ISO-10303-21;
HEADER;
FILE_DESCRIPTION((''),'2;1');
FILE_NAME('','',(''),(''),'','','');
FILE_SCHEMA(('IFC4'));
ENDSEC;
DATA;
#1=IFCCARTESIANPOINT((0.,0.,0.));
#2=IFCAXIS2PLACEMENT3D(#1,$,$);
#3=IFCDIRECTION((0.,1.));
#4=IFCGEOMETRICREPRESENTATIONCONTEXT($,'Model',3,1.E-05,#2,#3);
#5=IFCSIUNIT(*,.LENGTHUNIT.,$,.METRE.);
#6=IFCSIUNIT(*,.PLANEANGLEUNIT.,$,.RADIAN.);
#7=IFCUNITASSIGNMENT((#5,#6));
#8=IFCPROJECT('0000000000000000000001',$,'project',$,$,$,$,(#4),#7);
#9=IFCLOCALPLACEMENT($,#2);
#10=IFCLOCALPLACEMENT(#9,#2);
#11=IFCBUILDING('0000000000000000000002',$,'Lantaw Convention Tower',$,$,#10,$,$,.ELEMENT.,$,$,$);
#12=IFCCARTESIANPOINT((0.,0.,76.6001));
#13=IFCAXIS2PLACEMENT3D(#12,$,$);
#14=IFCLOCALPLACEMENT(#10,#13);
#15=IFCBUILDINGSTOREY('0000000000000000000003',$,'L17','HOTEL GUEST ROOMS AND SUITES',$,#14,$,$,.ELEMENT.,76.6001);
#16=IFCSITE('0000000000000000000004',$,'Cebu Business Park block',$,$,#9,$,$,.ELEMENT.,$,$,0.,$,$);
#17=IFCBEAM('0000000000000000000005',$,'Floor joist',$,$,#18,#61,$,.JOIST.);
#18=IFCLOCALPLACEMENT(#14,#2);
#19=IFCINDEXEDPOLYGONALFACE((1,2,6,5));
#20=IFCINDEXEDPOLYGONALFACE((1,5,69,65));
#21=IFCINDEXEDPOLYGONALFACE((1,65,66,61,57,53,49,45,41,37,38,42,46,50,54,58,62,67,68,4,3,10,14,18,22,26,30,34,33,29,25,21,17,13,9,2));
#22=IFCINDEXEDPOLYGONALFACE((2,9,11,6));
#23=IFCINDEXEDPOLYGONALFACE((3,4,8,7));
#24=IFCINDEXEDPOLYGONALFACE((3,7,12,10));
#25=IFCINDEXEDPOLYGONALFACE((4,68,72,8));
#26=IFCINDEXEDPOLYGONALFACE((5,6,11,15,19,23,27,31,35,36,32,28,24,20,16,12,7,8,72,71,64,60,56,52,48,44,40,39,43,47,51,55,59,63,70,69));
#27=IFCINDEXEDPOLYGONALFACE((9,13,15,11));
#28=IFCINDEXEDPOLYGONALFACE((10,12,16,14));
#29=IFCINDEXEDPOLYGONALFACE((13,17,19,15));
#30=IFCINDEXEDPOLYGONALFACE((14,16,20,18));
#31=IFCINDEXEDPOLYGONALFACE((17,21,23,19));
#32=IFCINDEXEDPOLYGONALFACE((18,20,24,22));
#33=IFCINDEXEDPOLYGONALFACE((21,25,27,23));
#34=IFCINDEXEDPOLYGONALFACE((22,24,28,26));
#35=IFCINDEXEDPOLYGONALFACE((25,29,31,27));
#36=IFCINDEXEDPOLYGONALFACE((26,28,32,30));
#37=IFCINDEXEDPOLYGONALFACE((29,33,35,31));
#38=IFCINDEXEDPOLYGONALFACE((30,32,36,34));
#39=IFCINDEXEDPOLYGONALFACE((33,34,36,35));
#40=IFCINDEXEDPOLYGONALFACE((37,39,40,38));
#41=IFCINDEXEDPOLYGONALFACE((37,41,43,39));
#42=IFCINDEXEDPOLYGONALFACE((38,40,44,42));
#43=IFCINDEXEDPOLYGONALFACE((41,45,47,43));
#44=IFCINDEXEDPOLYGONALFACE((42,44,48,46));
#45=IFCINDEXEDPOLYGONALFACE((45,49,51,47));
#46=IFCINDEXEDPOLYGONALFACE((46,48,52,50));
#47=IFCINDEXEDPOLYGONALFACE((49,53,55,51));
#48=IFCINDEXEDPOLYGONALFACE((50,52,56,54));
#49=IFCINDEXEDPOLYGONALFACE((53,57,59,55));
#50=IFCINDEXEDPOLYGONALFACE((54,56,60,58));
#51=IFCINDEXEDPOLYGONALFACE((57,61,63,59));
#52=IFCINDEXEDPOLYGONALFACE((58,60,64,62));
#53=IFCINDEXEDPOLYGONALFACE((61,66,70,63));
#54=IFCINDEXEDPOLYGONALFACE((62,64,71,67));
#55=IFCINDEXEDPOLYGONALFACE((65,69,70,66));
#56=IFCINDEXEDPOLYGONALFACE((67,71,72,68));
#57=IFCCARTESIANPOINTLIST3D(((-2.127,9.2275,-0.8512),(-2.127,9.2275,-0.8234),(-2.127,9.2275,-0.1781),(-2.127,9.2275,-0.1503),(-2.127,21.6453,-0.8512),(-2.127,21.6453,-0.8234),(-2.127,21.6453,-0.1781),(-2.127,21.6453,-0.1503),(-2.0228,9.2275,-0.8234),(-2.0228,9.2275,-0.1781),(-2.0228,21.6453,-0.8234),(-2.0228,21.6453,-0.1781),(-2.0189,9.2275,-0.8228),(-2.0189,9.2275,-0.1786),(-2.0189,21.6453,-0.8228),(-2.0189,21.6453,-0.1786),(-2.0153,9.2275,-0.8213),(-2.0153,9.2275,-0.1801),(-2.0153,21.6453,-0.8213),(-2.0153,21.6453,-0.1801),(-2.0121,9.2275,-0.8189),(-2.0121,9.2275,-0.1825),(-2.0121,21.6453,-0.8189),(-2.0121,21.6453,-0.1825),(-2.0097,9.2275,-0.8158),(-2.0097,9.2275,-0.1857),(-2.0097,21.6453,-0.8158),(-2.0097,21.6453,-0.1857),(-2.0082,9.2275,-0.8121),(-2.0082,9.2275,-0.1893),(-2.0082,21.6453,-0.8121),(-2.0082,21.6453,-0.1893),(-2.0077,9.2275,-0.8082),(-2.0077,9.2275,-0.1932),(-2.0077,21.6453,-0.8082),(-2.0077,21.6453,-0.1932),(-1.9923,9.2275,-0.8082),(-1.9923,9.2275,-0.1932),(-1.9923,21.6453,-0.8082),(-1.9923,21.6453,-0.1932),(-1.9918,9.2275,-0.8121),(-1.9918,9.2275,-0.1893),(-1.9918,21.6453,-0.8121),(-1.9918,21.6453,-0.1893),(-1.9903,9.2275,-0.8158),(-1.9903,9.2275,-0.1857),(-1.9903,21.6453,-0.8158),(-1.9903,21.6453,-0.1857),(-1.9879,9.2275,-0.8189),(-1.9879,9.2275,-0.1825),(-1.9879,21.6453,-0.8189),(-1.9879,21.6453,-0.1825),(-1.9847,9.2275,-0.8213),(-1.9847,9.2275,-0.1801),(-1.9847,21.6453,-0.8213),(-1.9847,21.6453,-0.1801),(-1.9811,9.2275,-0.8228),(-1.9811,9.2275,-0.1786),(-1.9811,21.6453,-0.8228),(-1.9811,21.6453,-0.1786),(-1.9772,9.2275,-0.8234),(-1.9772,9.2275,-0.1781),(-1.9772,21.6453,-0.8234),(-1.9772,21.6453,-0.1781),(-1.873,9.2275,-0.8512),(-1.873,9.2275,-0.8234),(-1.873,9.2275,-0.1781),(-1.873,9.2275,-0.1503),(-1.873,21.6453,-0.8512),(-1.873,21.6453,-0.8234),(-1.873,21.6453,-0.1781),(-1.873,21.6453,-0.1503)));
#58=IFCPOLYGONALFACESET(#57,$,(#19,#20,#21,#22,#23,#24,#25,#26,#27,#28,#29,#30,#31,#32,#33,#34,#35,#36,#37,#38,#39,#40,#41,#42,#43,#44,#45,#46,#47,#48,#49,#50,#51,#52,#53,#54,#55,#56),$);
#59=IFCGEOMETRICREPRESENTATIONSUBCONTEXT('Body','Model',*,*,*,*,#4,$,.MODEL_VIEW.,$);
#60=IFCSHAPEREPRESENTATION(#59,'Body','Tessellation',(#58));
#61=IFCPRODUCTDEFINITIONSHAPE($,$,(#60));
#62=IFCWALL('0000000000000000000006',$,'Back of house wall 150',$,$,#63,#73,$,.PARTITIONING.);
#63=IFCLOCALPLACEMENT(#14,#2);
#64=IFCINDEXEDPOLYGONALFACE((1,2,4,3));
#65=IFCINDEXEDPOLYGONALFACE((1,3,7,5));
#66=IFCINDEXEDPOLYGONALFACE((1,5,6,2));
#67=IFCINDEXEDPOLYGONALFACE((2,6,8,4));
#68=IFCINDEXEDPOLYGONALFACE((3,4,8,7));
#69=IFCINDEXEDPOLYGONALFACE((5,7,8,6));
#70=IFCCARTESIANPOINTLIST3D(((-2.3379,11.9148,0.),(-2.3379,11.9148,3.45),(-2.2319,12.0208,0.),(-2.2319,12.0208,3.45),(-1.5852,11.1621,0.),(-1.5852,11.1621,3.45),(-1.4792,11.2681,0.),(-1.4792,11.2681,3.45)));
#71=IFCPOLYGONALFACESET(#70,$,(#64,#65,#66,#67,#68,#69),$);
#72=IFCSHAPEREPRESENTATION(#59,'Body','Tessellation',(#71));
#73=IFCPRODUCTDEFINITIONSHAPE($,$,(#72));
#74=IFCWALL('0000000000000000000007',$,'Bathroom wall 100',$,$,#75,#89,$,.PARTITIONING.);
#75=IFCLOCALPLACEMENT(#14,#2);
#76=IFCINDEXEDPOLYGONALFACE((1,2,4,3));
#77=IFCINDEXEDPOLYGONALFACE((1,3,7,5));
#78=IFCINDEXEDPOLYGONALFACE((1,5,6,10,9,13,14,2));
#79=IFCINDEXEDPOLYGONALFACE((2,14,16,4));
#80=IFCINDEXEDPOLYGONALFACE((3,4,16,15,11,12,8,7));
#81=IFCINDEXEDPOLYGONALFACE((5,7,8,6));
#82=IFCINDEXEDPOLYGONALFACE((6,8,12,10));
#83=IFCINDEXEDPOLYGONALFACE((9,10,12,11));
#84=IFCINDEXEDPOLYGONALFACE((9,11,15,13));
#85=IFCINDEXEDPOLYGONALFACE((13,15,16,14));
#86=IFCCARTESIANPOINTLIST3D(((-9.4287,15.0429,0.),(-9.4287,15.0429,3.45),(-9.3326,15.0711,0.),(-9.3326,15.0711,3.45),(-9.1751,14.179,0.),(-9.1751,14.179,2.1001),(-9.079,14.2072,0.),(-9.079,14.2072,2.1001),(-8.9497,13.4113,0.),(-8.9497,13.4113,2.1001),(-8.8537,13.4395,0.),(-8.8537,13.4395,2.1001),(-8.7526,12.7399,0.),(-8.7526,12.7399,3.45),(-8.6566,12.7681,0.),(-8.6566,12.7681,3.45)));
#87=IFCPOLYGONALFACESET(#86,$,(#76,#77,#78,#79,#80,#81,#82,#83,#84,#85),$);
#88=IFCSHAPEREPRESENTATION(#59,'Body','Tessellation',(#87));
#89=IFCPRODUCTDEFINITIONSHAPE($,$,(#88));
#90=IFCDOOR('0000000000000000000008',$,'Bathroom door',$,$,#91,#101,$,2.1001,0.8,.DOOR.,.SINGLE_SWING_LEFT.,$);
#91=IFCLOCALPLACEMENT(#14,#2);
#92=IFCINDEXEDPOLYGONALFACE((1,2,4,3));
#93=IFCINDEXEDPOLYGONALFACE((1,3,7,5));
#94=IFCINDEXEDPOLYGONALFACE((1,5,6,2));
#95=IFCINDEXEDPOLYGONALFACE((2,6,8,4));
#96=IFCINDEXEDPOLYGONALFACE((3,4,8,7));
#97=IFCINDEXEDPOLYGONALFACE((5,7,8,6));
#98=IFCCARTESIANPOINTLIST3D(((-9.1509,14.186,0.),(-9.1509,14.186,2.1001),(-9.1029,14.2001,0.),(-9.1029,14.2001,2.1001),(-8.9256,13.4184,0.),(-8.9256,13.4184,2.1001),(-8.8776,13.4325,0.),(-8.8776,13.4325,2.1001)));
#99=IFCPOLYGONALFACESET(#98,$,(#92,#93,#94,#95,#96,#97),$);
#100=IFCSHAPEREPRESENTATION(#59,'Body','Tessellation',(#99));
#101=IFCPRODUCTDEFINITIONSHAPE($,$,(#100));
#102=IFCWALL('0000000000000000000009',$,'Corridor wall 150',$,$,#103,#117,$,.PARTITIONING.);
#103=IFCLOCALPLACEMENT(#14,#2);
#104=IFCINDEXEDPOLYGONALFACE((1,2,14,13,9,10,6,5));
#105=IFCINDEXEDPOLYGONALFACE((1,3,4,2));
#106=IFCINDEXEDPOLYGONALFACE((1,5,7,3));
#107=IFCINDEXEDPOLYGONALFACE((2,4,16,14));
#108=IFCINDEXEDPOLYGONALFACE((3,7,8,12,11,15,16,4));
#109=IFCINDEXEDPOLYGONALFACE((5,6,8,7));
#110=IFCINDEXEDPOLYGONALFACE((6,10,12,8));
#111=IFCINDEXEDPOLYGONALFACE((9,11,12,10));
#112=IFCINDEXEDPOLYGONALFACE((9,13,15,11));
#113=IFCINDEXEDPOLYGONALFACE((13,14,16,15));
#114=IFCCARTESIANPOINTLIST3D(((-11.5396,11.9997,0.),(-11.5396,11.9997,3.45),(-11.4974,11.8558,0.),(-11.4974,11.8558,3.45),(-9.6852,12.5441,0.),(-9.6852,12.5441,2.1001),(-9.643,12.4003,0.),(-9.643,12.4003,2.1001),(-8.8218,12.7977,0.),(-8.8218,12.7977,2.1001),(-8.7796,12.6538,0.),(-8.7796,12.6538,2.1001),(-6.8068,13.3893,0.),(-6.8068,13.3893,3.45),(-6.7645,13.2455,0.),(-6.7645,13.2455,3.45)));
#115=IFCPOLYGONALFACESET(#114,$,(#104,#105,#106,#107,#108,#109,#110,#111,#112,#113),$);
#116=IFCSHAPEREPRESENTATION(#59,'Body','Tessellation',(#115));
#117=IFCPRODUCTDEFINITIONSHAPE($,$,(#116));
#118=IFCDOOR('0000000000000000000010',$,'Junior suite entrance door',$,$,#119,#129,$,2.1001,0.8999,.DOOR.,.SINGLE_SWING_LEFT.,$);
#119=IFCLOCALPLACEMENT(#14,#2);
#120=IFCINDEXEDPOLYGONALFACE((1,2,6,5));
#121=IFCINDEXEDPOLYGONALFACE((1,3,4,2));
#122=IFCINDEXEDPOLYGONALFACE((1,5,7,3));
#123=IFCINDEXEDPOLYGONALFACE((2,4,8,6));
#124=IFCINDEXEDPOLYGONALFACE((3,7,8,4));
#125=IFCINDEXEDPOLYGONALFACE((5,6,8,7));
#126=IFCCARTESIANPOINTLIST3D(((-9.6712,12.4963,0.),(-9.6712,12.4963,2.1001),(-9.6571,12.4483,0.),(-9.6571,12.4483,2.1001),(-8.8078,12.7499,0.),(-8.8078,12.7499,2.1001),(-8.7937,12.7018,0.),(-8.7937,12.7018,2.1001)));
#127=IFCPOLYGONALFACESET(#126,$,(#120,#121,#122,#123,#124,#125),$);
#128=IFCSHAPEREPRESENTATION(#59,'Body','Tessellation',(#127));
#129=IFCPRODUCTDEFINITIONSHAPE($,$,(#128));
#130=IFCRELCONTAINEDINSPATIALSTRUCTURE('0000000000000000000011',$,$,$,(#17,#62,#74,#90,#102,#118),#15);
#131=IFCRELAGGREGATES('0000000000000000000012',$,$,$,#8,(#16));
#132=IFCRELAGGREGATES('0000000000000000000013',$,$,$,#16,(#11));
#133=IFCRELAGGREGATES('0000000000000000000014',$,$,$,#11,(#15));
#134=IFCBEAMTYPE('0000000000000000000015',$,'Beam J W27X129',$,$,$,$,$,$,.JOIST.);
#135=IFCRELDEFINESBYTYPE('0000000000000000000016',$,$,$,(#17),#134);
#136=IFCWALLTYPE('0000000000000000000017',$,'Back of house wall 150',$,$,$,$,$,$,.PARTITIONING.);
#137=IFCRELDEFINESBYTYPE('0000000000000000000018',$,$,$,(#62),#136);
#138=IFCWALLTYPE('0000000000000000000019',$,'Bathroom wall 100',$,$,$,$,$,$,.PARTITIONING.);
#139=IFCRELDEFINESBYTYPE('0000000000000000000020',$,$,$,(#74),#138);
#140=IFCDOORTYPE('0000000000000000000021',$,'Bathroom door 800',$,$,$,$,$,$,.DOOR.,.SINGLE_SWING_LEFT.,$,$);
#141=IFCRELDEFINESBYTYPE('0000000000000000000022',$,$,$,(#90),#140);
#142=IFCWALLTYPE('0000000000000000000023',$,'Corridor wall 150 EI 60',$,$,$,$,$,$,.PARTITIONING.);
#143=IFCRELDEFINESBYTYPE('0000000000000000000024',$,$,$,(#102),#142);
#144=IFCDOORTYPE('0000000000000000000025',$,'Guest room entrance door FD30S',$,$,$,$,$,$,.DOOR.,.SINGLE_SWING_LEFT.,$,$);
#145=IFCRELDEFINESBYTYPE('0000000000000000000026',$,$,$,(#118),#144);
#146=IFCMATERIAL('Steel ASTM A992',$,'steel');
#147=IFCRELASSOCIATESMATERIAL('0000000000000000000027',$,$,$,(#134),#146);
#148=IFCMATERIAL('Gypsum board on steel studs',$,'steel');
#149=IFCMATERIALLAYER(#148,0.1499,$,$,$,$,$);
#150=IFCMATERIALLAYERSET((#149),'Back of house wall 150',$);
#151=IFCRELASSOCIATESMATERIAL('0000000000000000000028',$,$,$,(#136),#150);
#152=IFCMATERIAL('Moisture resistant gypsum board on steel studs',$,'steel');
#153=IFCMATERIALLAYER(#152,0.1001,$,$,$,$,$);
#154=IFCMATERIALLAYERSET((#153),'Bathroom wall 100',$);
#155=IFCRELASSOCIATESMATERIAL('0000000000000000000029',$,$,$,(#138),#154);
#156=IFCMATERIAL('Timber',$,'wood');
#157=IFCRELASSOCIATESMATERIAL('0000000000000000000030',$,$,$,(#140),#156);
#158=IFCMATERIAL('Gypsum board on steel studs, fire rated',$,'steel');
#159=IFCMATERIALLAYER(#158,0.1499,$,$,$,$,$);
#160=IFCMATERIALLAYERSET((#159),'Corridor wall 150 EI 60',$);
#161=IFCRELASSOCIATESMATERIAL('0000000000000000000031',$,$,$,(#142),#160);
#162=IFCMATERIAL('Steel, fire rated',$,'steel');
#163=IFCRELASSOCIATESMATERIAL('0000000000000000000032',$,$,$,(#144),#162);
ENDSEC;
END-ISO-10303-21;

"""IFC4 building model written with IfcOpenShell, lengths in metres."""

from ifc_helpers import new_model, si_unit, direction, frame, frame_2d, origin, origin_2d, place, context, subcontext, project, spatial, rectangle, i_section, extrude, material, layer, layer_set, material_profile, profile_set, type_object, element, fill, save


model = new_model("IFC4")

# Units and contexts
model_context = context("Model", 3, precision=1e-05, world=origin(), true_north=direction((0.0, 1.0)))
body_context = subcontext(model_context, "Body", "Model", "MODEL_VIEW")
ifc_project = project(units=[si_unit("LENGTHUNIT", "METRE"), si_unit("PLANEANGLEUNIT", "RADIAN")], contexts=[model_context])

# Site, building, storey
site_placement = place(None, origin())
site = spatial("IfcSite", under=ifc_project, at=site_placement, Name="Cebu Business Park block", CompositionType="ELEMENT", RefElevation=0.0)
building_placement = place(site_placement, origin())
building = spatial("IfcBuilding", under=site, at=building_placement, Name="Lantaw Convention Tower", CompositionType="ELEMENT")
storey_placement = place(building_placement, frame((0.0, 0.0, 76.6001)))
storey = spatial("IfcBuildingStorey", under=building, at=storey_placement, Name="L17", Description="HOTEL GUEST ROOMS AND SUITES", CompositionType="ELEMENT", Elevation=76.6001)

# Beam
ifc_material_1 = material(Name="Steel ASTM A992", Category="steel")
ifc_material_profile_1 = material_profile(ifc_material_1, i_section(OverallWidth=0.2539, OverallDepth=0.7009, WebThickness=0.0154, FlangeThickness=0.0278, FilletRadius=0.0151, at=origin_2d()), Name="W27X129")
ifc_profile_set_1 = profile_set([ifc_material_profile_1], Name="Steel ASTM A992")
beam_type_1 = type_object("IfcBeamType", Name="Beam J W27X129", PredefinedType="JOIST", material=ifc_profile_set_1)
beam_1_placement = place(storey_placement, frame((-2.0, 9.2275, -0.5007), z_axis=(0.0, 1.0, 0.0), x_axis=(-1.0, 0.0, 0.0)))
element("IfcBeam", 1, at=beam_1_placement, inside=storey, type_object=beam_type_1, Name="Floor joist", PredefinedType="JOIST", context=body_context, shape_type="SweptSolid", body=[
    extrude(i_section(OverallWidth=0.2539, OverallDepth=0.7009, WebThickness=0.0154, FlangeThickness=0.0278, FilletRadius=0.0151, at=origin_2d()), origin(), (0.0, 0.0, 1.0), 12.4177),
])

# Wall
ifc_material_2 = material(Name="Gypsum board on steel studs", Category="steel")
ifc_layer_1 = layer(ifc_material_2, 0.1499)
ifc_layer_set_1 = layer_set([ifc_layer_1], Name="Back of house wall 150")
wall_type_1 = type_object("IfcWallType", Name="Back of house wall 150", PredefinedType="PARTITIONING", material=ifc_layer_set_1)
wall_1_placement = place(storey_placement, frame((-1.5322, 11.2151, 0.0), z_axis=(0.0, 0.0, 1.0), x_axis=(-0.707107, 0.707107, 0.0)))
element("IfcWall", 2, at=wall_1_placement, inside=storey, type_object=wall_type_1, Name="Back of house wall 150", PredefinedType="PARTITIONING", context=body_context, shape_type="SweptSolid", body=[
    extrude(rectangle(XDim=1.0645, YDim=0.1499, at=frame_2d((0.5322, 0.0))), origin(), (0.0, 0.0, 1.0), 3.45),
])

# Walls, openings, doors
ifc_material_3 = material(Name="Moisture resistant gypsum board on steel studs", Category="steel")
ifc_layer_2 = layer(ifc_material_3, 0.1001)
ifc_layer_set_2 = layer_set([ifc_layer_2], Name="Bathroom wall 100")
wall_type_2 = type_object("IfcWallType", Name="Bathroom wall 100", PredefinedType="PARTITIONING", material=ifc_layer_set_2)
wall_2_placement = place(storey_placement, frame((-8.7046, 12.7539, 0.0), z_axis=(0.0, 0.0, 1.0), x_axis=(-0.28166, 0.959514, 0.0)))
wall_2 = element("IfcWall", 3, at=wall_2_placement, inside=storey, type_object=wall_type_2, Name="Bathroom wall 100", PredefinedType="PARTITIONING", context=body_context, shape_type="SweptSolid", body=[
    extrude(rectangle(XDim=2.4001, YDim=0.1001, at=frame_2d((1.2002, 0.0))), origin(), (0.0, 0.0, 1.0), 3.45),
])
opening_1_placement = place(wall_2_placement, frame((0.7, 0.0, 0.0)))
opening_1 = element("IfcOpeningElement", 4, at=opening_1_placement, cuts=wall_2, PredefinedType="OPENING", context=body_context, shape_type="SweptSolid", body=[
    extrude(rectangle(XDim=0.8, YDim=2.1001, at=frame_2d((0.3999, 1.05))), frame((0.0, 0.0601, 0.0), z_axis=(0.0, -1.0, 0.0), x_axis=(1.0, 0.0, 0.0)), (0.0, 0.0, 1.0), 0.1201),
])
ifc_material_4 = material(Name="Timber", Category="wood")
door_type_1 = type_object("IfcDoorType", Name="Bathroom door 800", OperationType="SINGLE_SWING_LEFT", PredefinedType="DOOR", material=ifc_material_4)
door_1_placement = place(opening_1_placement, origin())
door_1 = element("IfcDoor", 5, at=door_1_placement, inside=storey, type_object=door_type_1, Name="Bathroom door", OperationType="SINGLE_SWING_LEFT", OverallHeight=2.1001, OverallWidth=0.8, PredefinedType="DOOR", context=body_context, shape_type="SweptSolid", body=[
    extrude(rectangle(XDim=0.8, YDim=2.1001, at=frame_2d((0.3999, 1.05))), frame((0.0, 0.0249, 0.0), z_axis=(0.0, -1.0, 0.0), x_axis=(1.0, 0.0, 0.0)), (0.0, 0.0, 1.0), 0.05),
])
fill(opening_1, door_1)
ifc_material_5 = material(Name="Gypsum board on steel studs, fire rated", Category="steel")
ifc_layer_3 = layer(ifc_material_5, 0.1499)
ifc_layer_set_3 = layer_set([ifc_layer_3], Name="Corridor wall 150 EI 60")
wall_type_3 = type_object("IfcWallType", Name="Corridor wall 150 EI 60", PredefinedType="PARTITIONING", material=ifc_layer_set_3)
wall_3_placement = place(storey_placement, frame((-6.7856, 13.3174, 0.0), z_axis=(0.0, 0.0, 1.0), x_axis=(-0.959496, -0.281721, 0.0)))
wall_3 = element("IfcWall", 6, at=wall_3_placement, inside=storey, type_object=wall_type_3, Name="Corridor wall 150", PredefinedType="PARTITIONING", context=body_context, shape_type="SweptSolid", body=[
    extrude(rectangle(XDim=4.9326, YDim=0.1499, at=frame_2d((2.4663, 0.0))), origin(), (0.0, 0.0, 1.0), 3.45),
])
opening_2_placement = place(wall_3_placement, frame((2.1001, 0.0, 0.0)))
opening_2 = element("IfcOpeningElement", 7, at=opening_2_placement, cuts=wall_3, PredefinedType="OPENING", context=body_context, shape_type="SweptSolid", body=[
    extrude(rectangle(XDim=0.8999, YDim=2.1001, at=frame_2d((0.45, 1.05))), frame((0.0, 0.085, 0.0), z_axis=(0.0, -1.0, 0.0), x_axis=(1.0, 0.0, 0.0)), (0.0, 0.0, 1.0), 0.1699),
])
ifc_material_6 = material(Name="Steel, fire rated", Category="steel")
door_type_2 = type_object("IfcDoorType", Name="Guest room entrance door FD30S", OperationType="SINGLE_SWING_LEFT", PredefinedType="DOOR", material=ifc_material_6)
door_2_placement = place(opening_2_placement, origin())
door_2 = element("IfcDoor", 8, at=door_2_placement, inside=storey, type_object=door_type_2, Name="Junior suite entrance door", OperationType="SINGLE_SWING_LEFT", OverallHeight=2.1001, OverallWidth=0.8999, PredefinedType="DOOR", context=body_context, shape_type="SweptSolid", body=[
    extrude(rectangle(XDim=0.8999, YDim=2.1001, at=frame_2d((0.45, 1.05))), frame((0.0, 0.0249, 0.0), z_axis=(0.0, -1.0, 0.0), x_axis=(1.0, 0.0, 0.0)), (0.0, 0.0, 1.0), 0.05),
])
fill(opening_2, door_2)

save(model, "model.ifc")
